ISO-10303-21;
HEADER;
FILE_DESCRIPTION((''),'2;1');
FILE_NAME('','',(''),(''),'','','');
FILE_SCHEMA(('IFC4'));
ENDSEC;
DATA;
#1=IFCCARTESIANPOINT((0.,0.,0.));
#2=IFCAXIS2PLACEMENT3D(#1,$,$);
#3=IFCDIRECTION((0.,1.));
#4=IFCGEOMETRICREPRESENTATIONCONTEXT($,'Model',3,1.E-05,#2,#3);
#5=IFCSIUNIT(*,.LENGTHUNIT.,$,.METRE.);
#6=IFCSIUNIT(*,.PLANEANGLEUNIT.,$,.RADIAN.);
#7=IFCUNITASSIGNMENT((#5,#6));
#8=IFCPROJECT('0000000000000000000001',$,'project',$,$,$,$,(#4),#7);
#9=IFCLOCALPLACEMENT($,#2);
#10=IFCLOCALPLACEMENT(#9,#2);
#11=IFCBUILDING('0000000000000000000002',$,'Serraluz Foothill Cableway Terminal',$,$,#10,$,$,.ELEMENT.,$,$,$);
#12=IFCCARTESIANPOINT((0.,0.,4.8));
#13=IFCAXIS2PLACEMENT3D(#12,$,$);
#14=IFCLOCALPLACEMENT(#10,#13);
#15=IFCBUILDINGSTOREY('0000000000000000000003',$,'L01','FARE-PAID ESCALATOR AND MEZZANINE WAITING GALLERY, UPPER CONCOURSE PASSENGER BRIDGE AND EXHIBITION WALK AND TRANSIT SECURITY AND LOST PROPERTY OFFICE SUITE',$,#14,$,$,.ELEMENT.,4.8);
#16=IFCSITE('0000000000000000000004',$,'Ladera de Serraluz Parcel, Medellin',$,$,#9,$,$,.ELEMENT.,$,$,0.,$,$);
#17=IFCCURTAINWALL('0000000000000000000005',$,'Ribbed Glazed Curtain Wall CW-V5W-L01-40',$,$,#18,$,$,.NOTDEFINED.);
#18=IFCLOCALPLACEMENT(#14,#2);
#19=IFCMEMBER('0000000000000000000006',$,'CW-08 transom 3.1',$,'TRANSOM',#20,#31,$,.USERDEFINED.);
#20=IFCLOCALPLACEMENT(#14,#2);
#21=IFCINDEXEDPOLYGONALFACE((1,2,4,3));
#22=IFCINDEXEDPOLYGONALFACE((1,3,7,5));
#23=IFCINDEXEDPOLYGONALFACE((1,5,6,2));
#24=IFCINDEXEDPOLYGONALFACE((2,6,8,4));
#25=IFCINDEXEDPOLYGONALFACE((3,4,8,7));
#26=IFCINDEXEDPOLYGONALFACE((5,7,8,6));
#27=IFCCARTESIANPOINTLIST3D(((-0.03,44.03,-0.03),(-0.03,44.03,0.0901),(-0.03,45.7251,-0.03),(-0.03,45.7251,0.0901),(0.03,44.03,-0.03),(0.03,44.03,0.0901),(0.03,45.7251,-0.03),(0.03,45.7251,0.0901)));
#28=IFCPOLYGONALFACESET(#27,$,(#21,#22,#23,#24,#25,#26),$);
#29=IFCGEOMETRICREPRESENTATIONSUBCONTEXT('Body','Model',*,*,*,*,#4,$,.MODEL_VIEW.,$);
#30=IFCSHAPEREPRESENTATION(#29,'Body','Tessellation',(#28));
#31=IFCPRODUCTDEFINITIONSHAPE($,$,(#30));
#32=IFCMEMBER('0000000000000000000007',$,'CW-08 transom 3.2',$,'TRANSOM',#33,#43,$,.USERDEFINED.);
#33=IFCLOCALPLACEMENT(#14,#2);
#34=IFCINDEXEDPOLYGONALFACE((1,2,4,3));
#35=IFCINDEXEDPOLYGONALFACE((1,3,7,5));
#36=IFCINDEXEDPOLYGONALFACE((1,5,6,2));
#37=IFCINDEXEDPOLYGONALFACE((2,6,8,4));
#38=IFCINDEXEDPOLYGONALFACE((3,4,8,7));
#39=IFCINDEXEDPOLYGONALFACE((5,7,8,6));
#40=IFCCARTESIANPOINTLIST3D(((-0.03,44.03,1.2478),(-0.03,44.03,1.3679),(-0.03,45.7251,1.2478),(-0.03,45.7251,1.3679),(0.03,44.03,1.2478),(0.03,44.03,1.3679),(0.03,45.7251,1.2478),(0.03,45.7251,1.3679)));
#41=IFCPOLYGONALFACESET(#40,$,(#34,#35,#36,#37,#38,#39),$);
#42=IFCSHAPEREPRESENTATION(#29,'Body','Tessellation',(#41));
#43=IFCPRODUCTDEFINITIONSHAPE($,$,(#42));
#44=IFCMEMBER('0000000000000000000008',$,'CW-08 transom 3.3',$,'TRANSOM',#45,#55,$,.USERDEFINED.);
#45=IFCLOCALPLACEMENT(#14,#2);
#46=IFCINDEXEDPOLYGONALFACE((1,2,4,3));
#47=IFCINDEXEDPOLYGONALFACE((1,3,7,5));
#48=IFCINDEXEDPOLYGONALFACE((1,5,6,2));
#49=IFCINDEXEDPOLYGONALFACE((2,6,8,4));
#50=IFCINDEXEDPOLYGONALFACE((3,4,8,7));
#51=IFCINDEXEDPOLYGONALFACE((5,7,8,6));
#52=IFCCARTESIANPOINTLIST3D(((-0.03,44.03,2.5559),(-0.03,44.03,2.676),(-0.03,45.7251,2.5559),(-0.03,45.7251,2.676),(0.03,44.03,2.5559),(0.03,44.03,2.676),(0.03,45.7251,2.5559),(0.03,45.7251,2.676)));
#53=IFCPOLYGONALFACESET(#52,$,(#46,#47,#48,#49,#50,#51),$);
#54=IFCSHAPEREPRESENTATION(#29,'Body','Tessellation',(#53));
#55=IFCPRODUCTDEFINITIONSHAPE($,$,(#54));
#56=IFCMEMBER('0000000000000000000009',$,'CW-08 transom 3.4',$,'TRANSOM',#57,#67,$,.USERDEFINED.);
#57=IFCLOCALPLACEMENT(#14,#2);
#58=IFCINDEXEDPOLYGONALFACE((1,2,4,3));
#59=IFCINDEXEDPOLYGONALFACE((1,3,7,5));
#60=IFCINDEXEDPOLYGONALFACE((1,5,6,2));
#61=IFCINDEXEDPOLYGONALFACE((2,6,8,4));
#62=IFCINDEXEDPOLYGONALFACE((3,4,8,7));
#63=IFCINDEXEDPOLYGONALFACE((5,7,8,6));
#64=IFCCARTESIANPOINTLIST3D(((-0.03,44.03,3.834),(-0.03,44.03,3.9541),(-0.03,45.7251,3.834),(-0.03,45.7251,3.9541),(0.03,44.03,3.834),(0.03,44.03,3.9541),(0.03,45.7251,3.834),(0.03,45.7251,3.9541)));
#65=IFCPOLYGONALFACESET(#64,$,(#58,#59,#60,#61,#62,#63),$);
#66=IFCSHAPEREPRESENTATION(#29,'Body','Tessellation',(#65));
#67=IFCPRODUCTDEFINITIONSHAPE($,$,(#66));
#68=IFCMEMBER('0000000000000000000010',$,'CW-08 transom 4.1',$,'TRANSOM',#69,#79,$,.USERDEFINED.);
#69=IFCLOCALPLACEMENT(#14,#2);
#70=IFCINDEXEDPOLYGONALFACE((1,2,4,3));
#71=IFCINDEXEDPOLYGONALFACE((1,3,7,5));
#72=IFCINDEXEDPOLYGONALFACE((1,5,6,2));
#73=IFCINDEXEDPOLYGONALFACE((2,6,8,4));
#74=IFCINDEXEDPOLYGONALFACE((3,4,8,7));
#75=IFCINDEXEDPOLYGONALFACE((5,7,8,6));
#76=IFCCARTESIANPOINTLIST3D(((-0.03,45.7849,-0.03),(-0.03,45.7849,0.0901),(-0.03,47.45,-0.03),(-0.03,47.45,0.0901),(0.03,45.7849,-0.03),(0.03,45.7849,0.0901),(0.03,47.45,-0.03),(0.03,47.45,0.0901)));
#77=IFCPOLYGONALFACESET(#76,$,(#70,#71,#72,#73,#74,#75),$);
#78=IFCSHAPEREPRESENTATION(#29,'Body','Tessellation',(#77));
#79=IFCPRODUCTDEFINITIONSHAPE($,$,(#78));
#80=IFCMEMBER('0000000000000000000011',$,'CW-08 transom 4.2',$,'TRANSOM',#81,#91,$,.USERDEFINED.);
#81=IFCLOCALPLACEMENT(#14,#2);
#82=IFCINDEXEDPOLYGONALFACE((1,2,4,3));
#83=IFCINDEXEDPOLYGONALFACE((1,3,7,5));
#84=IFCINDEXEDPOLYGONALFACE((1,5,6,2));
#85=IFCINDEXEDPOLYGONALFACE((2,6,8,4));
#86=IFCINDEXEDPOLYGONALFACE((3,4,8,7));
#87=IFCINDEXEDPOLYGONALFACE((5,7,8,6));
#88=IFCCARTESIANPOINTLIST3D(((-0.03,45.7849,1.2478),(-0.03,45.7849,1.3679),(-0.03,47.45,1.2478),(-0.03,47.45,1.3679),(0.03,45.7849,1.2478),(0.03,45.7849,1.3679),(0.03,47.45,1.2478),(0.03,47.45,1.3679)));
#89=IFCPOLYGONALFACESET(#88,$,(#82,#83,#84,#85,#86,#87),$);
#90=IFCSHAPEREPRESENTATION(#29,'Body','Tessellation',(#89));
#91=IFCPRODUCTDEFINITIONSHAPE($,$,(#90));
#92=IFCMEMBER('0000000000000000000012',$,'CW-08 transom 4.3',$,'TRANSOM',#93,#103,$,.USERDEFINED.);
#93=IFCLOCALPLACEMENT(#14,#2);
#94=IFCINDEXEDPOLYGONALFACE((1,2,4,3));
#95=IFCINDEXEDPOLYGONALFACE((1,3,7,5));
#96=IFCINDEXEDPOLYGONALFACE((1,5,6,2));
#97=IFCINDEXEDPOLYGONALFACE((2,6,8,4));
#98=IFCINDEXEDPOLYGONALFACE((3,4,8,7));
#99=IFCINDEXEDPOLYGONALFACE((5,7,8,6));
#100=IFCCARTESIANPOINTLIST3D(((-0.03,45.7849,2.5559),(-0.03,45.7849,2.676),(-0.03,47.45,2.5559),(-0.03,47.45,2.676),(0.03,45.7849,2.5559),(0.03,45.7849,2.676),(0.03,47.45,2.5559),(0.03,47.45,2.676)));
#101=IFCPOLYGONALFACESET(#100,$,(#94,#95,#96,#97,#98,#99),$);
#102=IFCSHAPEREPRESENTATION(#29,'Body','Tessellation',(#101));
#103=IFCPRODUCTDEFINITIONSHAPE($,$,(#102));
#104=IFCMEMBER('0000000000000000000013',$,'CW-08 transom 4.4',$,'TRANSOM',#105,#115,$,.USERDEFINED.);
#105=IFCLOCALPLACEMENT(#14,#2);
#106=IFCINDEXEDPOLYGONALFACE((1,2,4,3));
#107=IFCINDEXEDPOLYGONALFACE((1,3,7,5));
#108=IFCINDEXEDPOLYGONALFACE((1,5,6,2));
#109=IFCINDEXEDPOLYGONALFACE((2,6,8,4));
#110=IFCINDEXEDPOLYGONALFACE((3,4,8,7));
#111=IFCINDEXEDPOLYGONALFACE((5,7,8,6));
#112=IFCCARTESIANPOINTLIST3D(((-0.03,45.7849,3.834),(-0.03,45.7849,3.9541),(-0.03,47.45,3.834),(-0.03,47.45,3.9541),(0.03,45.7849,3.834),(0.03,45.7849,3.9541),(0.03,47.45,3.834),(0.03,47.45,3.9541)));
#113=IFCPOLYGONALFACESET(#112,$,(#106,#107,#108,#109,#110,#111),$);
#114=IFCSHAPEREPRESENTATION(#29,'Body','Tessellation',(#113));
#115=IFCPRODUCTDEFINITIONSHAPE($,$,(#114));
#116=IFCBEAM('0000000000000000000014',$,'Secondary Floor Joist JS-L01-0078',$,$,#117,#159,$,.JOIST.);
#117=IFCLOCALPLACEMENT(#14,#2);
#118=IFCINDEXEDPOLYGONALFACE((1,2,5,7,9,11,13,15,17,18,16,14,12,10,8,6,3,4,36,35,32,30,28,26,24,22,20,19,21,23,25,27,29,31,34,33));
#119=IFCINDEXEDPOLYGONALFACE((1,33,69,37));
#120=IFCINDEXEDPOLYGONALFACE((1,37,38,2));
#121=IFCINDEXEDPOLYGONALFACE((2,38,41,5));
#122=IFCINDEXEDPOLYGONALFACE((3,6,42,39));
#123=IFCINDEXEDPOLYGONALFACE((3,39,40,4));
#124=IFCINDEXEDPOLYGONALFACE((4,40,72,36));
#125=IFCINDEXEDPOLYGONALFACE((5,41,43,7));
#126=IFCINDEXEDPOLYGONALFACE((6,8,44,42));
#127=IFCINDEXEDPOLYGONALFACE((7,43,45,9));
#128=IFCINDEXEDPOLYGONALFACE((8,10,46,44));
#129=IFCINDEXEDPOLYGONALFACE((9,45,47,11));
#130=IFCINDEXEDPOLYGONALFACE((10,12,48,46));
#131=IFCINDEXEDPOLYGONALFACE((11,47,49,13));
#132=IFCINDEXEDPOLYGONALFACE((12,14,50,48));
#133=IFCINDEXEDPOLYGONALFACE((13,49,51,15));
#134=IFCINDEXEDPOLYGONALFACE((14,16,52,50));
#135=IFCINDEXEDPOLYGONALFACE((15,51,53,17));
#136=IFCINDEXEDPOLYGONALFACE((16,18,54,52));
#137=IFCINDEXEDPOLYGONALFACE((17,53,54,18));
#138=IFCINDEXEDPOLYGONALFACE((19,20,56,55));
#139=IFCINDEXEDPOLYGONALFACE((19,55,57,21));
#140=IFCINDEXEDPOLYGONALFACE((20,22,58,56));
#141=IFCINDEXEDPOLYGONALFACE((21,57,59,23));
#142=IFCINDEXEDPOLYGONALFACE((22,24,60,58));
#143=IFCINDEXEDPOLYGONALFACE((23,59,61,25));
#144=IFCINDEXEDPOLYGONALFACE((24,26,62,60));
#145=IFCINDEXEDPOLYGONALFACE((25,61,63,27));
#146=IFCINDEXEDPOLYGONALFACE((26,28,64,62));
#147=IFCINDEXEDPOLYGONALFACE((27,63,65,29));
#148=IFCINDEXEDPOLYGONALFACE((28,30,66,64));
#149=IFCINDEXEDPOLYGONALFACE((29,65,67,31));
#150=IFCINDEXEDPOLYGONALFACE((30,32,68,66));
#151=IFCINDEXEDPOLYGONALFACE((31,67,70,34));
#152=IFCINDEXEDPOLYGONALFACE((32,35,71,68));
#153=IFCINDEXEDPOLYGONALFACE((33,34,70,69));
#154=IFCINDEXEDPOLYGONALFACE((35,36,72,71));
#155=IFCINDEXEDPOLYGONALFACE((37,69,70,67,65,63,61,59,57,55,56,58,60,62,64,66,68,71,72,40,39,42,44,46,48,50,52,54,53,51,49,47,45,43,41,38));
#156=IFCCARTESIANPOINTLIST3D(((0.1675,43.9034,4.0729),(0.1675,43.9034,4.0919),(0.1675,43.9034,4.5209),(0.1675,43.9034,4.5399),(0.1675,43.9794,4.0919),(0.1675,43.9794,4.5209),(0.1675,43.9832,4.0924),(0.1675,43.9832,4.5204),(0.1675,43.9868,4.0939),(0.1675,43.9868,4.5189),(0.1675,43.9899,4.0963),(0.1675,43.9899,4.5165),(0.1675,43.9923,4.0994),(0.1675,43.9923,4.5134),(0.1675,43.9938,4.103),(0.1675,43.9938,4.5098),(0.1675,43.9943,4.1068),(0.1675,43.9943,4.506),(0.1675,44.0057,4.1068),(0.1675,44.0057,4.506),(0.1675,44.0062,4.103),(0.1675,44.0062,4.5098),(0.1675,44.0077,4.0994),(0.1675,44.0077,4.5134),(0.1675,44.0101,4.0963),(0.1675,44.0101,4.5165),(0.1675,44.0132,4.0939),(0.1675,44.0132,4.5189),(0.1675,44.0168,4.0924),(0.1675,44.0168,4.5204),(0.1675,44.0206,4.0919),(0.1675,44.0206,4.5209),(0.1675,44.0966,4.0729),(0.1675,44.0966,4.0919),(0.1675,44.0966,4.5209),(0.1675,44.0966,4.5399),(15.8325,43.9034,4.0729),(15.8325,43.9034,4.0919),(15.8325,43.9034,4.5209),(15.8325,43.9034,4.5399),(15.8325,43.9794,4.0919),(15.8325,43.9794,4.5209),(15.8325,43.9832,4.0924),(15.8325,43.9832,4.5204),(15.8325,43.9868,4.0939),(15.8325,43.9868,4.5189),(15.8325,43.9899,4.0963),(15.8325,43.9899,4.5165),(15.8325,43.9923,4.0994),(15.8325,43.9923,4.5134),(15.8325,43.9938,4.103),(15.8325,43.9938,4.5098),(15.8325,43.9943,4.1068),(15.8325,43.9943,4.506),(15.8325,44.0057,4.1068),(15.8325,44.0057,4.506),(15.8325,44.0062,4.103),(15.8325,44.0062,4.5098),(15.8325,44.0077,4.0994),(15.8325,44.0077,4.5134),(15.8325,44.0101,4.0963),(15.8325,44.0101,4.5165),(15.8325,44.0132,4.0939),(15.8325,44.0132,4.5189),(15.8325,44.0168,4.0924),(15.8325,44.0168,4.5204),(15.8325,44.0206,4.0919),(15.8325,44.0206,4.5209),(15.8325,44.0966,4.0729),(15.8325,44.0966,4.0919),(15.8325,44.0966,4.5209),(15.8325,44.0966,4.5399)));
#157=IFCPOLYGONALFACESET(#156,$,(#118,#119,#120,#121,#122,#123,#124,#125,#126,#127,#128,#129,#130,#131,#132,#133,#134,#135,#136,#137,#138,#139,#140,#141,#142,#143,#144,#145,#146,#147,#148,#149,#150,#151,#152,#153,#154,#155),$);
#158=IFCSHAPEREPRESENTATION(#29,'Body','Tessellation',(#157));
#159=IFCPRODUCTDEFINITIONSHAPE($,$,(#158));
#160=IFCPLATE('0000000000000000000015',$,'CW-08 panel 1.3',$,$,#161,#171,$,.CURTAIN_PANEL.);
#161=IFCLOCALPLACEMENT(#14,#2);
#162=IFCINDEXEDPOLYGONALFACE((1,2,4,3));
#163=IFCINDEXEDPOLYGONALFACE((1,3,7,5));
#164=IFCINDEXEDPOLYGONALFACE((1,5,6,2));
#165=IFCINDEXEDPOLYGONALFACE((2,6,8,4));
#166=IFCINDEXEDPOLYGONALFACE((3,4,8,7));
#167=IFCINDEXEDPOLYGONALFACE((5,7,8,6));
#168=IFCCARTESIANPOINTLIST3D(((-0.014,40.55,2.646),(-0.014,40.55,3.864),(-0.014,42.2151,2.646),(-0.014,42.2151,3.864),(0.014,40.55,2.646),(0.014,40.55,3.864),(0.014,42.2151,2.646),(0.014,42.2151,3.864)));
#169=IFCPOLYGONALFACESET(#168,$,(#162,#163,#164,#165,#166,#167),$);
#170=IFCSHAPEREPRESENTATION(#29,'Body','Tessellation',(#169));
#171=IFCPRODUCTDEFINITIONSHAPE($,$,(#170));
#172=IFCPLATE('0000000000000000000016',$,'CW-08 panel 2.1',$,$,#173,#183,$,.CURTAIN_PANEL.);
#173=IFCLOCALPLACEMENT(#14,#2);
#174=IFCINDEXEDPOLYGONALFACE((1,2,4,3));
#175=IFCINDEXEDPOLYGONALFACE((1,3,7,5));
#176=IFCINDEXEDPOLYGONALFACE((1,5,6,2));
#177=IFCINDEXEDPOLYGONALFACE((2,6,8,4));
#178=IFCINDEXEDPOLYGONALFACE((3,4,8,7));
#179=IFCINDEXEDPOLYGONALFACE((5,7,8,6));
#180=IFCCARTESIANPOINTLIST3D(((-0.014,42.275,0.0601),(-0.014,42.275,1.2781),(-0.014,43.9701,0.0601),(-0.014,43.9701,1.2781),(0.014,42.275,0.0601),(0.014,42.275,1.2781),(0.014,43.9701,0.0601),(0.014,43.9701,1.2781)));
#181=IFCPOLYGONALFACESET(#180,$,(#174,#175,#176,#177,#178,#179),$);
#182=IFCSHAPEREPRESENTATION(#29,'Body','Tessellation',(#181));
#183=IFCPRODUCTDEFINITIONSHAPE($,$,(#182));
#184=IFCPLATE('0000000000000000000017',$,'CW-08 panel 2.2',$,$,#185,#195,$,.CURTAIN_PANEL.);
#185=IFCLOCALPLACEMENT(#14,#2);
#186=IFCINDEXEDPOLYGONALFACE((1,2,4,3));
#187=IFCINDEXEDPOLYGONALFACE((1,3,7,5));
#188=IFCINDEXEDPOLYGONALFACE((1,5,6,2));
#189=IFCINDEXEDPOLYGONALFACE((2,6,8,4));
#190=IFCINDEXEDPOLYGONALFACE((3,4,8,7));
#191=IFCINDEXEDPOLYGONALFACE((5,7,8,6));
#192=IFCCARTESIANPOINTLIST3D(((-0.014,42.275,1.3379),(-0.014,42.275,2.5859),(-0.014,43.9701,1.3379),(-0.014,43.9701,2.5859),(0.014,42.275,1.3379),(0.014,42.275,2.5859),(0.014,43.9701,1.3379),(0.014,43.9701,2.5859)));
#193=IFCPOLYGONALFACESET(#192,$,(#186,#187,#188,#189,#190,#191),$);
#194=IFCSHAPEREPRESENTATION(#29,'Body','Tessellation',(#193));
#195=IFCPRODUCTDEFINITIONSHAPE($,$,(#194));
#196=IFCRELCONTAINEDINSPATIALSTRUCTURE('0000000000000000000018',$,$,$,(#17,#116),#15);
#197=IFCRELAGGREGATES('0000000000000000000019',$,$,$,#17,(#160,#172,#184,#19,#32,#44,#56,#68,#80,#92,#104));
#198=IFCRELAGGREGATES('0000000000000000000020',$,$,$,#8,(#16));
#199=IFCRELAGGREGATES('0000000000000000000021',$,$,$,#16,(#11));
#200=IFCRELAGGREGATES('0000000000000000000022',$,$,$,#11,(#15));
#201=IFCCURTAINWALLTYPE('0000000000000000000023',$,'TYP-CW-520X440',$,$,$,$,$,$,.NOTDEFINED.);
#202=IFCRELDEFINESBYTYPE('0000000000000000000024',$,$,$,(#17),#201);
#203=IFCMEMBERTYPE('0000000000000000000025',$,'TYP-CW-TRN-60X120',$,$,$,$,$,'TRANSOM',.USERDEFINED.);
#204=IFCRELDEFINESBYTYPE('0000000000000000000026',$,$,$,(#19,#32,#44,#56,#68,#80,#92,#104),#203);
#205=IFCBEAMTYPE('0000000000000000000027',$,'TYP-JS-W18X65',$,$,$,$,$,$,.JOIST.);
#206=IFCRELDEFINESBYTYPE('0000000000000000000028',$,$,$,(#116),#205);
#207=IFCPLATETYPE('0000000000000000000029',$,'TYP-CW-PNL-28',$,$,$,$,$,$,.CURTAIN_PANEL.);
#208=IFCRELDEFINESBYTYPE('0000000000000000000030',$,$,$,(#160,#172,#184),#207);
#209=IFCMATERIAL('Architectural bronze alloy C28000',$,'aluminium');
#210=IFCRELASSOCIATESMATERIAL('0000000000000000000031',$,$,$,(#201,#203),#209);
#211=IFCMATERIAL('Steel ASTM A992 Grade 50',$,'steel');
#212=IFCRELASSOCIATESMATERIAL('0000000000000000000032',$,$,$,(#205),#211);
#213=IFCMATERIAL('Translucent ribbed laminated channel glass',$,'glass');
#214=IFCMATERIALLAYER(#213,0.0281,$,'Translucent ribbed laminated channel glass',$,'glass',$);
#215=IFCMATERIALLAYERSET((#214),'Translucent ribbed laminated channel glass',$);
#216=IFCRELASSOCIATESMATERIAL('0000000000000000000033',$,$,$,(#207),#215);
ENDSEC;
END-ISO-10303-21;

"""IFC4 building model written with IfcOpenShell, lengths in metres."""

from ifc_helpers import new_model, si_unit, direction, frame, origin, origin_2d, place, context, subcontext, project, spatial, rectangle, i_section, extrude, material, layer, layer_set, material_profile, profile_set, type_object, element, aggregate, save


model = new_model("IFC4")

# Units and contexts
model_context = context("Model", 3, precision=1e-05, world=origin(), true_north=direction((0.0, 1.0)))
body_context = subcontext(model_context, "Body", "Model", "MODEL_VIEW")
ifc_project = project(units=[si_unit("LENGTHUNIT", "METRE"), si_unit("PLANEANGLEUNIT", "RADIAN")], contexts=[model_context])

# Site, building, storey
site_placement = place(None, origin())
site = spatial("IfcSite", under=ifc_project, at=site_placement, Name="Ladera de Serraluz Parcel, Medellin", CompositionType="ELEMENT", RefElevation=0.0)
building_placement = place(site_placement, origin())
building = spatial("IfcBuilding", under=site, at=building_placement, Name="Serraluz Foothill Cableway Terminal", CompositionType="ELEMENT")
storey_placement = place(building_placement, frame((0.0, 0.0, 4.8)))
storey = spatial("IfcBuildingStorey", under=building, at=storey_placement, Name="L01", Description="FARE-PAID ESCALATOR AND MEZZANINE WAITING GALLERY, UPPER CONCOURSE PASSENGER BRIDGE AND EXHIBITION WALK AND TRANSIT SECURITY AND LOST PROPERTY OFFICE SUITE", CompositionType="ELEMENT", Elevation=4.8)

# Shared definitions
ifc_material_1 = material(Name="Steel ASTM A992 Grade 50", Category="steel")

# Curtain wall, members
ifc_material_2 = material(Name="Architectural bronze alloy C28000", Category="aluminium")
curtain_wall_type = type_object("IfcCurtainWallType", Name="TYP-CW-520X440", PredefinedType="NOTDEFINED", material=ifc_material_2)
curtain_wall_placement = place(storey_placement, origin())
curtain_wall = element("IfcCurtainWall", 1, at=curtain_wall_placement, inside=storey, type_object=curtain_wall_type, Name="Ribbed Glazed Curtain Wall CW-V5W-L01-40", PredefinedType="NOTDEFINED")
ifc_material_profile_1 = material_profile(ifc_material_2, rectangle(XDim=0.0601, YDim=0.1201, at=origin_2d()), Name="ALU TRANSOM 60x120")
ifc_profile_set_1 = profile_set([ifc_material_profile_1], Name="Architectural bronze alloy C28000")
member_type_1 = type_object("IfcMemberType", Name="TYP-CW-TRN-60X120", ElementType="TRANSOM", PredefinedType="USERDEFINED", material=ifc_profile_set_1)
member_1_placement = place(storey_placement, frame((0.0, 44.03, 0.03), z_axis=(0.0, 1.0, 0.0), x_axis=(-1.0, 0.0, 0.0)))
member_1 = element("IfcMember", 2, at=member_1_placement, type_object=member_type_1, Name="CW-08 transom 3.1", ObjectType="TRANSOM", PredefinedType="USERDEFINED", context=body_context, shape_type="SweptSolid", body=[
    extrude(rectangle(XDim=0.0601, YDim=0.1201, at=origin_2d()), origin(), (0.0, 0.0, 1.0), 1.6951),
])
member_2_placement = place(storey_placement, frame((0.0, 44.03, 1.3079), z_axis=(0.0, 1.0, 0.0), x_axis=(-1.0, 0.0, 0.0)))
member_2 = element("IfcMember", 3, at=member_2_placement, type_object=member_type_1, Name="CW-08 transom 3.2", ObjectType="TRANSOM", PredefinedType="USERDEFINED", context=body_context, shape_type="SweptSolid", body=[
    extrude(rectangle(XDim=0.0601, YDim=0.1201, at=origin_2d()), origin(), (0.0, 0.0, 1.0), 1.6951),
])
member_3_placement = place(storey_placement, frame((0.0, 44.03, 2.616), z_axis=(0.0, 1.0, 0.0), x_axis=(-1.0, 0.0, 0.0)))
member_3 = element("IfcMember", 4, at=member_3_placement, type_object=member_type_1, Name="CW-08 transom 3.3", ObjectType="TRANSOM", PredefinedType="USERDEFINED", context=body_context, shape_type="SweptSolid", body=[
    extrude(rectangle(XDim=0.0601, YDim=0.1201, at=origin_2d()), origin(), (0.0, 0.0, 1.0), 1.6951),
])
member_4_placement = place(storey_placement, frame((0.0, 44.03, 3.894), z_axis=(0.0, 1.0, 0.0), x_axis=(-1.0, 0.0, 0.0)))
member_4 = element("IfcMember", 5, at=member_4_placement, type_object=member_type_1, Name="CW-08 transom 3.4", ObjectType="TRANSOM", PredefinedType="USERDEFINED", context=body_context, shape_type="SweptSolid", body=[
    extrude(rectangle(XDim=0.0601, YDim=0.1201, at=origin_2d()), origin(), (0.0, 0.0, 1.0), 1.6951),
])
member_5_placement = place(storey_placement, frame((0.0, 45.7849, 0.03), z_axis=(0.0, 1.0, 0.0), x_axis=(-1.0, 0.0, 0.0)))
member_5 = element("IfcMember", 6, at=member_5_placement, type_object=member_type_1, Name="CW-08 transom 4.1", ObjectType="TRANSOM", PredefinedType="USERDEFINED", context=body_context, shape_type="SweptSolid", body=[
    extrude(rectangle(XDim=0.0601, YDim=0.1201, at=origin_2d()), origin(), (0.0, 0.0, 1.0), 1.665),
])
member_6_placement = place(storey_placement, frame((0.0, 45.7849, 1.3079), z_axis=(0.0, 1.0, 0.0), x_axis=(-1.0, 0.0, 0.0)))
member_6 = element("IfcMember", 7, at=member_6_placement, type_object=member_type_1, Name="CW-08 transom 4.2", ObjectType="TRANSOM", PredefinedType="USERDEFINED", context=body_context, shape_type="SweptSolid", body=[
    extrude(rectangle(XDim=0.0601, YDim=0.1201, at=origin_2d()), origin(), (0.0, 0.0, 1.0), 1.665),
])
member_7_placement = place(storey_placement, frame((0.0, 45.7849, 2.616), z_axis=(0.0, 1.0, 0.0), x_axis=(-1.0, 0.0, 0.0)))
member_7 = element("IfcMember", 8, at=member_7_placement, type_object=member_type_1, Name="CW-08 transom 4.3", ObjectType="TRANSOM", PredefinedType="USERDEFINED", context=body_context, shape_type="SweptSolid", body=[
    extrude(rectangle(XDim=0.0601, YDim=0.1201, at=origin_2d()), origin(), (0.0, 0.0, 1.0), 1.665),
])
member_8_placement = place(storey_placement, frame((0.0, 45.7849, 3.894), z_axis=(0.0, 1.0, 0.0), x_axis=(-1.0, 0.0, 0.0)))
member_8 = element("IfcMember", 9, at=member_8_placement, type_object=member_type_1, Name="CW-08 transom 4.4", ObjectType="TRANSOM", PredefinedType="USERDEFINED", context=body_context, shape_type="SweptSolid", body=[
    extrude(rectangle(XDim=0.0601, YDim=0.1201, at=origin_2d()), origin(), (0.0, 0.0, 1.0), 1.665),
])

# Beam
ifc_material_profile_2 = material_profile(ifc_material_1, i_section(OverallWidth=0.1931, OverallDepth=0.467, WebThickness=0.0115, FlangeThickness=0.019, FilletRadius=0.0149, at=origin_2d()), Name="W18X65")
ifc_profile_set_2 = profile_set([ifc_material_profile_2], Name="Steel ASTM A992 Grade 50")
beam_type_1 = type_object("IfcBeamType", Name="TYP-JS-W18X65", PredefinedType="JOIST", material=ifc_profile_set_2)
beam_1_placement = place(storey_placement, frame((0.1675, 44.0, 4.3064), z_axis=(1.0, 0.0, 0.0), x_axis=(0.0, 1.0, 0.0)))
element("IfcBeam", 10, at=beam_1_placement, inside=storey, type_object=beam_type_1, Name="Secondary Floor Joist JS-L01-0078", PredefinedType="JOIST", context=body_context, shape_type="SweptSolid", body=[
    extrude(i_section(OverallWidth=0.1931, OverallDepth=0.467, WebThickness=0.0115, FlangeThickness=0.019, FilletRadius=0.0149, at=origin_2d()), origin(), (0.0, 0.0, 1.0), 15.665),
])

# Plates
ifc_material_3 = material(Name="Translucent ribbed laminated channel glass", Category="glass")
ifc_layer_1 = layer(ifc_material_3, 0.0281, Name="Translucent ribbed laminated channel glass", Category="glass")
ifc_layer_set_1 = layer_set([ifc_layer_1], Name="Translucent ribbed laminated channel glass")
plate_type = type_object("IfcPlateType", Name="TYP-CW-PNL-28", PredefinedType="CURTAIN_PANEL", material=ifc_layer_set_1)
plate_1_placement = place(storey_placement, frame((0.0, 41.3826, 2.646), z_axis=(0.0, 0.0, 1.0), x_axis=(0.0, 1.0, 0.0)))
plate_1 = element("IfcPlate", 11, at=plate_1_placement, type_object=plate_type, Name="CW-08 panel 1.3", PredefinedType="CURTAIN_PANEL", context=body_context, shape_type="SweptSolid", body=[
    extrude(rectangle(XDim=1.665, YDim=0.0281, at=origin_2d()), origin(), (0.0, 0.0, 1.0), 1.218),
])
plate_2_placement = place(storey_placement, frame((0.0, 43.1226, 0.0601), z_axis=(0.0, 0.0, 1.0), x_axis=(0.0, 1.0, 0.0)))
plate_2 = element("IfcPlate", 12, at=plate_2_placement, type_object=plate_type, Name="CW-08 panel 2.1", PredefinedType="CURTAIN_PANEL", context=body_context, shape_type="SweptSolid", body=[
    extrude(rectangle(XDim=1.6951, YDim=0.0281, at=origin_2d()), origin(), (0.0, 0.0, 1.0), 1.218),
])
plate_3_placement = place(storey_placement, frame((0.0, 43.1226, 1.3379), z_axis=(0.0, 0.0, 1.0), x_axis=(0.0, 1.0, 0.0)))
plate_3 = element("IfcPlate", 13, at=plate_3_placement, type_object=plate_type, Name="CW-08 panel 2.2", PredefinedType="CURTAIN_PANEL", context=body_context, shape_type="SweptSolid", body=[
    extrude(rectangle(XDim=1.6951, YDim=0.0281, at=origin_2d()), origin(), (0.0, 0.0, 1.0), 1.248),
])
aggregate(curtain_wall, [plate_1, plate_2, plate_3, member_1, member_2, member_3, member_4, member_5, member_6, member_7, member_8])

save(model, "model.ifc")
